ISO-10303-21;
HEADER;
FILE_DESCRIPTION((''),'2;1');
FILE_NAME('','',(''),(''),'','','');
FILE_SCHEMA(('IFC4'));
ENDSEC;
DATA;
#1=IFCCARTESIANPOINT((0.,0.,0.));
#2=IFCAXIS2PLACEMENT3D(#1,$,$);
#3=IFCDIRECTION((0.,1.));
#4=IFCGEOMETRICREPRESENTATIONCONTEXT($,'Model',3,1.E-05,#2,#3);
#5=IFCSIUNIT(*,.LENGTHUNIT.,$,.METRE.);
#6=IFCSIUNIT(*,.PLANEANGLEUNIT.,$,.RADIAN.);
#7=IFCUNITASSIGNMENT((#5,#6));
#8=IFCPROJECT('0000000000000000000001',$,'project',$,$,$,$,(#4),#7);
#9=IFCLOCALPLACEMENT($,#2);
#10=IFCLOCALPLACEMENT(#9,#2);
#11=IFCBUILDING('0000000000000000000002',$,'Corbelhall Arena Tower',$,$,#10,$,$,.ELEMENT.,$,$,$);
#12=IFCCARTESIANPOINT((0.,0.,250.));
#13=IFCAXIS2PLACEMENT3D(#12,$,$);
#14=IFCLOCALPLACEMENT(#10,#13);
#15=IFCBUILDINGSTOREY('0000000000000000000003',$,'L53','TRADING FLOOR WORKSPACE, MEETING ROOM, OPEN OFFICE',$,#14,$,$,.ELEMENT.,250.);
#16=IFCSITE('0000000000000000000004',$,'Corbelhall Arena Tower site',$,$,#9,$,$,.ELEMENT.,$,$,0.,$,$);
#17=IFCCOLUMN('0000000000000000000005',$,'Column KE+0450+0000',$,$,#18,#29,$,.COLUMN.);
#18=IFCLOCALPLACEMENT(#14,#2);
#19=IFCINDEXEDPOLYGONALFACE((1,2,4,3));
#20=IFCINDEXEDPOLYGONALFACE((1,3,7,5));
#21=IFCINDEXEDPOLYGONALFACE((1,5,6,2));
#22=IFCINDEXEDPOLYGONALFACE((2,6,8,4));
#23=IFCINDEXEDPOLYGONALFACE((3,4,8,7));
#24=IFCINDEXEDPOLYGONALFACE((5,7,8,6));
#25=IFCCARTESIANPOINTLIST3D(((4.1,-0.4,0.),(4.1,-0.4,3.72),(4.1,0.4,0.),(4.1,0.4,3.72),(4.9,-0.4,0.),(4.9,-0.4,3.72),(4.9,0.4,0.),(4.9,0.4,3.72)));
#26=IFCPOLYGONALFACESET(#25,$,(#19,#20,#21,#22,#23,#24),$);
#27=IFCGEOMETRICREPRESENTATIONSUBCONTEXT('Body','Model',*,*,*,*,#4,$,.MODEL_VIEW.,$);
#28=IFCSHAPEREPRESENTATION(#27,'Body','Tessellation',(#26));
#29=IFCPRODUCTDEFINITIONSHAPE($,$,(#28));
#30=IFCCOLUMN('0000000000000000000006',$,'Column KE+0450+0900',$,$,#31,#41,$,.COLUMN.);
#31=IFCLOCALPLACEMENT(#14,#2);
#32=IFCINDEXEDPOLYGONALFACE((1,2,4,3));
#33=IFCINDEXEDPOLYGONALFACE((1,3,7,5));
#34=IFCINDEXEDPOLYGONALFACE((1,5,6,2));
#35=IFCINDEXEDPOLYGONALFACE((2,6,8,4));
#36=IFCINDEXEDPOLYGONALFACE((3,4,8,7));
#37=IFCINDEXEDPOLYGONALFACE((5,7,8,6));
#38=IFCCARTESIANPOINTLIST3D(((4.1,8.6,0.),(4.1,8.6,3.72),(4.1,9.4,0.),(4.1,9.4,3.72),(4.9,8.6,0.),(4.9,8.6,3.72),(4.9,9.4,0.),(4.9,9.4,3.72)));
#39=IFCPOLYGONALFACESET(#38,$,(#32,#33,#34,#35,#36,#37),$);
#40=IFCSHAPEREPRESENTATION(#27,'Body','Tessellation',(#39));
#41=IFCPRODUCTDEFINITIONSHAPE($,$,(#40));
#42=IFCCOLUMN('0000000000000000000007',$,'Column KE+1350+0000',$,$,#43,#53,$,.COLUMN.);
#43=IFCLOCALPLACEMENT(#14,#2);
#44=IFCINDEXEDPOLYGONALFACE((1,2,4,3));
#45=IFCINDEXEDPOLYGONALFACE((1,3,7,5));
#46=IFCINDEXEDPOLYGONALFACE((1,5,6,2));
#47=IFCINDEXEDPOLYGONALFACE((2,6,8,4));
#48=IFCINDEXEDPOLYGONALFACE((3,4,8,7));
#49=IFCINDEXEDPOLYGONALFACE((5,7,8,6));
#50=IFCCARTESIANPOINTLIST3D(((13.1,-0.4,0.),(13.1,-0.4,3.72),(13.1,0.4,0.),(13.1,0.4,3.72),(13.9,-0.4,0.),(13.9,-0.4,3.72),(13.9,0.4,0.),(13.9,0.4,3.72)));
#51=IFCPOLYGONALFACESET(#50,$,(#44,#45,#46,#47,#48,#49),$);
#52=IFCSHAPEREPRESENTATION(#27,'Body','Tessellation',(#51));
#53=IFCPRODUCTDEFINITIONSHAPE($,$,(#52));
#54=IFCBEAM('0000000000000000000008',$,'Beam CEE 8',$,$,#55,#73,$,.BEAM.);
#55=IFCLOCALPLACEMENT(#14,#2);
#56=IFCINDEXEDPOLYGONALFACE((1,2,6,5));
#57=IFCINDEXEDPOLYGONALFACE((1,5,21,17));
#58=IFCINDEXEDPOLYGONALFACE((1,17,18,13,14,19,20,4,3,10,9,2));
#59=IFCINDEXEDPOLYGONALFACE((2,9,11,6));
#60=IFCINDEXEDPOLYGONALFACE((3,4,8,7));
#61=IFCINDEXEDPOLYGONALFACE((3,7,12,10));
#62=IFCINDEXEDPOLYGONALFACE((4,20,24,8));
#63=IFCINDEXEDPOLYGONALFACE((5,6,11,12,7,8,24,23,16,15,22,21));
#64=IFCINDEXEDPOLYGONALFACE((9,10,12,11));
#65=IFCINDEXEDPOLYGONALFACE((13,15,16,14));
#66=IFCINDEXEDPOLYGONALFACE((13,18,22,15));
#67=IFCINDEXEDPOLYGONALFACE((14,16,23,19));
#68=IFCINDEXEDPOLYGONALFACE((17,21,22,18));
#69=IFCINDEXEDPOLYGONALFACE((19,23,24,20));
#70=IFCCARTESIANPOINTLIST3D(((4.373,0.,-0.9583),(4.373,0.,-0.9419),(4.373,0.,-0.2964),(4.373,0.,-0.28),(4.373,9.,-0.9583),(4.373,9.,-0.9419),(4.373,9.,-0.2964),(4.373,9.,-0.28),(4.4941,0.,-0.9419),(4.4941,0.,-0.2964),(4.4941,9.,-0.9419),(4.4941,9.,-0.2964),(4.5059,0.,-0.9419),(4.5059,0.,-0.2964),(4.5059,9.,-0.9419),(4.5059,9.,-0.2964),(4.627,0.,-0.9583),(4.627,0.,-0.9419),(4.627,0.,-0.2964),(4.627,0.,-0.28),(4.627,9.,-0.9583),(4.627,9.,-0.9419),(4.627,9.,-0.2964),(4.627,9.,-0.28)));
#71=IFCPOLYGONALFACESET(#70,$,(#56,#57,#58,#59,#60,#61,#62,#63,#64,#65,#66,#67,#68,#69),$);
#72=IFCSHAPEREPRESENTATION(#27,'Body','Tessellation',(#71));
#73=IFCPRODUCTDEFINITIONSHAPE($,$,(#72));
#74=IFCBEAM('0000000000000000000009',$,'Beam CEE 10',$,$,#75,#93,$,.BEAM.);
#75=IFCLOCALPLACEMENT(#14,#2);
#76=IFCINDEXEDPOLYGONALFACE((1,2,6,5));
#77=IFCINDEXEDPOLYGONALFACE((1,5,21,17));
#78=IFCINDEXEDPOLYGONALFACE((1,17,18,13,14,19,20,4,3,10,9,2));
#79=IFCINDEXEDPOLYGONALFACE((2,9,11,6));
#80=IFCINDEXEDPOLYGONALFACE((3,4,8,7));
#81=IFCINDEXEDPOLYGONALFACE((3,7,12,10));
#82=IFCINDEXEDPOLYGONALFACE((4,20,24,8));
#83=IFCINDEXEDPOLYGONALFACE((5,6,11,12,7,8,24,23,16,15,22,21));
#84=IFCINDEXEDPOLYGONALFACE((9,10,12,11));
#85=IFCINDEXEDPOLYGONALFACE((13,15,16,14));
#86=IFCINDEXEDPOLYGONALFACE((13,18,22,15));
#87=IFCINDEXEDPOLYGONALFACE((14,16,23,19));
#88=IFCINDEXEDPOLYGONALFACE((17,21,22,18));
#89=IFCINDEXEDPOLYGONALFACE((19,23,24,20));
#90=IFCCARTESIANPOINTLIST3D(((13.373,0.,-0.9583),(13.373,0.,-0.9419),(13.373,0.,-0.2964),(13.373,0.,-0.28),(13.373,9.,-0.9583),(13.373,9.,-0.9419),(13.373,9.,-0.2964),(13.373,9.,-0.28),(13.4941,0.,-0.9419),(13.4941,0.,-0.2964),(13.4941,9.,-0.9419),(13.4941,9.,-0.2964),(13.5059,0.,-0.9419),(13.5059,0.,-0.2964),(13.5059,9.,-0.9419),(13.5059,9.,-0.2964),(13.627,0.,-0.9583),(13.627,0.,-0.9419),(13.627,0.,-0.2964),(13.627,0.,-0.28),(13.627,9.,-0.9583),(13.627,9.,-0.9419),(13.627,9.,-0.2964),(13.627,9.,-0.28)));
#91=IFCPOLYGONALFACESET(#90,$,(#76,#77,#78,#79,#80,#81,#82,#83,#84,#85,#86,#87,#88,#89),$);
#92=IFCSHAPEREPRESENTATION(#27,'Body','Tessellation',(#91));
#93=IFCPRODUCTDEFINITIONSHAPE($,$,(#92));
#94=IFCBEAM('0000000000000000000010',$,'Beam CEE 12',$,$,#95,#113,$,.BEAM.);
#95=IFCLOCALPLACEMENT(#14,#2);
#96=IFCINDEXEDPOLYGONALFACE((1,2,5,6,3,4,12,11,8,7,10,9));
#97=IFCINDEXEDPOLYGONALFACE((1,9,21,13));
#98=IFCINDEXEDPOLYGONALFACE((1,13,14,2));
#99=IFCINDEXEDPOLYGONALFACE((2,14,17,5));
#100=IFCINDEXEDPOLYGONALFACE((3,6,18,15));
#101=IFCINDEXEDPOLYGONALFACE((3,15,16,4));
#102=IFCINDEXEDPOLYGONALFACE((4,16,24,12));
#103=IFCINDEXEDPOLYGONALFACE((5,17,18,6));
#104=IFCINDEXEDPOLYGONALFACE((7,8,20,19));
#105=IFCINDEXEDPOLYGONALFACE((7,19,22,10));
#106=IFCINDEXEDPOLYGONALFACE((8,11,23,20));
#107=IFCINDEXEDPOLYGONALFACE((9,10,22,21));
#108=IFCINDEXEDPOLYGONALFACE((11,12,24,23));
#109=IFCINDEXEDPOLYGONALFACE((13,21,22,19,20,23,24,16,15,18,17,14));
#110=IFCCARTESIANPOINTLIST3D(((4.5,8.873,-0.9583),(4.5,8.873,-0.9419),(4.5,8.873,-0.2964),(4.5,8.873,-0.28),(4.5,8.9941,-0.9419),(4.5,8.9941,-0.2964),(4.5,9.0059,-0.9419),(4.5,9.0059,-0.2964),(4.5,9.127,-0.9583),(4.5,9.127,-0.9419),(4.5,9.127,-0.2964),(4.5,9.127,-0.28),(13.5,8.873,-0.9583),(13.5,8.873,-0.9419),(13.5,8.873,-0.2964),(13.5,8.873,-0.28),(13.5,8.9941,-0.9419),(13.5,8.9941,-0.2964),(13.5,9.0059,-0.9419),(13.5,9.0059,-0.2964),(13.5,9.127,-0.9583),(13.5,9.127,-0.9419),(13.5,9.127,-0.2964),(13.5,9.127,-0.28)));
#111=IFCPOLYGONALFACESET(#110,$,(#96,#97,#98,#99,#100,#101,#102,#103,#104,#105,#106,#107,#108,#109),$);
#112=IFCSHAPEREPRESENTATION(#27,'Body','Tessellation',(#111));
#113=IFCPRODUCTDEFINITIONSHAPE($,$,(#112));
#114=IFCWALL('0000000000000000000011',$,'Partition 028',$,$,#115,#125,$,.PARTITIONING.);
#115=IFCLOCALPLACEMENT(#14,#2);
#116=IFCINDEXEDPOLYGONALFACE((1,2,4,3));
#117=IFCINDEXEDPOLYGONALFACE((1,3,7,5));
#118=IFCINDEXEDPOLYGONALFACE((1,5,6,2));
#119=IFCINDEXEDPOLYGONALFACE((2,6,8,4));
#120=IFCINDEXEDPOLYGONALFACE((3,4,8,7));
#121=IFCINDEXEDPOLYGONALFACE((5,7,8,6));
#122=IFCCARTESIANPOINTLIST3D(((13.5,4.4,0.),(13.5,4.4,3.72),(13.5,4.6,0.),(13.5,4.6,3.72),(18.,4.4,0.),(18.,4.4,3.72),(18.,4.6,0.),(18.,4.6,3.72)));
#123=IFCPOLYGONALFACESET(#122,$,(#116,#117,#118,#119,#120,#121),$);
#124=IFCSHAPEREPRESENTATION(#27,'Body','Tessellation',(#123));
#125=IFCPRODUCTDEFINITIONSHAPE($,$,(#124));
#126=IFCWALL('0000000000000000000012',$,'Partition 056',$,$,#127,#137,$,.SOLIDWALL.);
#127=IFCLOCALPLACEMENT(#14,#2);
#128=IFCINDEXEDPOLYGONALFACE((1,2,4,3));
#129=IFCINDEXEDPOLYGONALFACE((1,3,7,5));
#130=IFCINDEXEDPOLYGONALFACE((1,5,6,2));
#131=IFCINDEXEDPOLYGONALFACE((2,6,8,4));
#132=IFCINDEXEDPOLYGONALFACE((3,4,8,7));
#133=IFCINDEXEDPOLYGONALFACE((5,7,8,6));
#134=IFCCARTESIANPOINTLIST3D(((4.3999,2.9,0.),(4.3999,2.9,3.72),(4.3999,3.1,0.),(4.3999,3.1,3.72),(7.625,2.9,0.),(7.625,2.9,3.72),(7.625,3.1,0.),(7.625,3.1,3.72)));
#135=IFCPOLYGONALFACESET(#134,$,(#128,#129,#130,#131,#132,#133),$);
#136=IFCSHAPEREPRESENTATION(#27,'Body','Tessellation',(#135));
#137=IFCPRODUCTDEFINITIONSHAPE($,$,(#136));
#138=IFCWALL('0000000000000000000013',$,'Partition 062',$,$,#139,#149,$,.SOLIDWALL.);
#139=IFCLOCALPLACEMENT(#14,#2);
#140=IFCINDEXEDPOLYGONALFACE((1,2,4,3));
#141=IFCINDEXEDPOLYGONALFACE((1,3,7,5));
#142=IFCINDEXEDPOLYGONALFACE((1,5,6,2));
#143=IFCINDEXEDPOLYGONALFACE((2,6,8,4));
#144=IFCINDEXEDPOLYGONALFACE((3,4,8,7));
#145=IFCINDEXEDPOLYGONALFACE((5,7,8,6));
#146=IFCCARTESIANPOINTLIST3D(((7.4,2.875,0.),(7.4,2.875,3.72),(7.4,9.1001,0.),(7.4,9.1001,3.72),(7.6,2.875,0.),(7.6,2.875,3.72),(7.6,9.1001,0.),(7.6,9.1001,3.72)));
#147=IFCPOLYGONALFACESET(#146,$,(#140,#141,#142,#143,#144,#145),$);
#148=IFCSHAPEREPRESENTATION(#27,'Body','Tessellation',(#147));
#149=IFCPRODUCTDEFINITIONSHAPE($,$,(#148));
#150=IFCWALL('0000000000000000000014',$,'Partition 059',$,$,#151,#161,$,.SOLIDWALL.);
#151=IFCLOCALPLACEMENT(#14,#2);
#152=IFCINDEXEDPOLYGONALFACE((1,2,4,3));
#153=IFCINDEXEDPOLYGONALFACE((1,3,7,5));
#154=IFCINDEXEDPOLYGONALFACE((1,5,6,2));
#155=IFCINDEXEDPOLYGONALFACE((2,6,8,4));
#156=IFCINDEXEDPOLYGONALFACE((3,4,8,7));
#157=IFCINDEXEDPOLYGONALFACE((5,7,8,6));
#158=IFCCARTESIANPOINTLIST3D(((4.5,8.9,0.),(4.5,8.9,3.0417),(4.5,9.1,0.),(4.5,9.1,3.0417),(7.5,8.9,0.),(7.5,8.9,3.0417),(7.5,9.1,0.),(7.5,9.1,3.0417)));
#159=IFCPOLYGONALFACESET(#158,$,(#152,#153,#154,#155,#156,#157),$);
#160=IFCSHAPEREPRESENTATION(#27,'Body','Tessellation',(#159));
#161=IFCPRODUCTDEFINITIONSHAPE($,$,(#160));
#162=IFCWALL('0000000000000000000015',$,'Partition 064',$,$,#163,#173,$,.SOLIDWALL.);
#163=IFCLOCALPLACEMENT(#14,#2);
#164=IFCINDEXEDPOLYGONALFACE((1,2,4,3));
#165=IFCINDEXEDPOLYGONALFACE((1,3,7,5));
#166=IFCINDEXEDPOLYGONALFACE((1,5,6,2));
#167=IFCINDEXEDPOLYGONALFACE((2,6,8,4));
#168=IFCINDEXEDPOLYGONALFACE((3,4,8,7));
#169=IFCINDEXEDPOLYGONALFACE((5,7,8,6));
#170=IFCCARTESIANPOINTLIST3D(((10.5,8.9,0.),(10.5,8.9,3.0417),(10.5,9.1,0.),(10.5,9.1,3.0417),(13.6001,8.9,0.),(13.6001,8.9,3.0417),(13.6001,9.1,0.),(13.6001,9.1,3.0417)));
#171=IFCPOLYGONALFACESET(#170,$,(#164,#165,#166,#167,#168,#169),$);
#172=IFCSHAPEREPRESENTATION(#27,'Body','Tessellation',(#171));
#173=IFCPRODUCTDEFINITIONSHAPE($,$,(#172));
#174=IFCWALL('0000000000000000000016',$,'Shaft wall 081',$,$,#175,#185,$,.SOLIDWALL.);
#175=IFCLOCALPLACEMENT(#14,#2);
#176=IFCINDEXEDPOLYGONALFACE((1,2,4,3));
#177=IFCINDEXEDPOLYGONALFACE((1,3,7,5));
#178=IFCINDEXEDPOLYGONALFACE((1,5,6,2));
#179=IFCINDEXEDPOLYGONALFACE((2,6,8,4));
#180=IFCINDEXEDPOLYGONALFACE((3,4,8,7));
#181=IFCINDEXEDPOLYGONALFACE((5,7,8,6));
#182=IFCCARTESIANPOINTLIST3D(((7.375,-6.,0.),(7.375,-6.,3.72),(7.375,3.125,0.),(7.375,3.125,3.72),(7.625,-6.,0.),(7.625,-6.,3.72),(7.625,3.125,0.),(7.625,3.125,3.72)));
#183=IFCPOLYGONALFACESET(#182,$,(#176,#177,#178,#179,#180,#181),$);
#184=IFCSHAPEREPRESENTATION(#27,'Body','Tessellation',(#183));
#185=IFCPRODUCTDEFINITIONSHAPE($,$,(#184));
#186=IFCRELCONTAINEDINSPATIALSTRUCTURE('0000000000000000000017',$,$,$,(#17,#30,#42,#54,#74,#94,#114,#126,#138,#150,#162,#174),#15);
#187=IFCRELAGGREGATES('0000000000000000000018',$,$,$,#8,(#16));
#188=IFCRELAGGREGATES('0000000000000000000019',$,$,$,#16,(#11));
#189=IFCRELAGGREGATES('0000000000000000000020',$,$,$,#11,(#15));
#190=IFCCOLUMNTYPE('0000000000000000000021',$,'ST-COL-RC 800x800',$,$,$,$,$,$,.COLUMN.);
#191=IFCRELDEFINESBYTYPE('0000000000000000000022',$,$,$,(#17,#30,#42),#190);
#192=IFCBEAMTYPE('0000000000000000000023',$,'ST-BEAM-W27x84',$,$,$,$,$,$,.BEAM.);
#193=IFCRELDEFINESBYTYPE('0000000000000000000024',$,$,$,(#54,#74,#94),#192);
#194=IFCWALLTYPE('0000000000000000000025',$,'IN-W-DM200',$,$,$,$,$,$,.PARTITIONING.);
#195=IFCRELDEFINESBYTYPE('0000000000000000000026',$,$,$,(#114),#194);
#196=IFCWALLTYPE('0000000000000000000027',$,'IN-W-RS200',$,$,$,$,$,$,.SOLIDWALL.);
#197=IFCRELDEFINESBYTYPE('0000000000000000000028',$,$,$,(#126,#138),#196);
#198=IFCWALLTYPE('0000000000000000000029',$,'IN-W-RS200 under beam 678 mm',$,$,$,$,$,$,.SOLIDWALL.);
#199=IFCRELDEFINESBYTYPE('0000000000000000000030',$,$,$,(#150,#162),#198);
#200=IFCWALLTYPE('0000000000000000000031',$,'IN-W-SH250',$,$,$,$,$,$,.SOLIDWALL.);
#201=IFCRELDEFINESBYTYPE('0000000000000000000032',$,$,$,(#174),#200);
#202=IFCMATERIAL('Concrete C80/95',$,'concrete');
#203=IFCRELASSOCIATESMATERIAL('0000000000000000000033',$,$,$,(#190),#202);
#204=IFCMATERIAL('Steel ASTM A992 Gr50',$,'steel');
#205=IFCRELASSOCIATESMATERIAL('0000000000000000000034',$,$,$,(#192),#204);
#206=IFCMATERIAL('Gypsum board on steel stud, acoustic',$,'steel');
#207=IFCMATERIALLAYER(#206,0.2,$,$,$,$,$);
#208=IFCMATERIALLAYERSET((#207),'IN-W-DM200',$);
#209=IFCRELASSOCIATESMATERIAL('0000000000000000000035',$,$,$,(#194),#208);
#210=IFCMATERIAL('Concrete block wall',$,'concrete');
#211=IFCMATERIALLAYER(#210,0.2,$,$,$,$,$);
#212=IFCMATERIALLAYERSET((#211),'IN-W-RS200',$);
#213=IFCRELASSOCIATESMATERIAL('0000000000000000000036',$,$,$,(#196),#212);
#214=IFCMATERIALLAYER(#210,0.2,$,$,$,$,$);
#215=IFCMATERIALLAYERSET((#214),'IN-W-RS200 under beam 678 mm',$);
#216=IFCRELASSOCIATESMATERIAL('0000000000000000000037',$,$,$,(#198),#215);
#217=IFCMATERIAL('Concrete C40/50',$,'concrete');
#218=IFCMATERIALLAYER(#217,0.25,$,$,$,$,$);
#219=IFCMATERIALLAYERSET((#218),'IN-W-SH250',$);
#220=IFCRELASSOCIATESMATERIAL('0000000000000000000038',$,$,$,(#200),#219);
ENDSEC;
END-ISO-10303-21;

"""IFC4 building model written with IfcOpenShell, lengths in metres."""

from ifc_helpers import new_model, si_unit, direction, frame, frame_2d, origin, origin_2d, place, context, subcontext, project, spatial, rectangle, i_section, extrude, material, layer, layer_set, material_profile, profile_set, type_object, element, save


model = new_model("IFC4")

# Units and contexts
model_context = context("Model", 3, precision=1e-05, world=origin(), true_north=direction((0.0, 1.0)))
body_context = subcontext(model_context, "Body", "Model", "MODEL_VIEW")
ifc_project = project(units=[si_unit("LENGTHUNIT", "METRE"), si_unit("PLANEANGLEUNIT", "RADIAN")], contexts=[model_context])

# Site, building, storey
site_placement = place(None, origin())
site = spatial("IfcSite", under=ifc_project, at=site_placement, Name="Corbelhall Arena Tower site", CompositionType="ELEMENT", RefElevation=0.0)
building_placement = place(site_placement, origin())
building = spatial("IfcBuilding", under=site, at=building_placement, Name="Corbelhall Arena Tower", CompositionType="ELEMENT")
storey_placement = place(building_placement, frame((0.0, 0.0, 250.0)))
storey = spatial("IfcBuildingStorey", under=building, at=storey_placement, Name="L53", Description="TRADING FLOOR WORKSPACE, MEETING ROOM, OPEN OFFICE", CompositionType="ELEMENT", Elevation=250.0)

# Columns
ifc_material_1 = material(Name="Concrete C80/95", Category="concrete")
ifc_material_profile_1 = material_profile(ifc_material_1, rectangle(XDim=0.8, YDim=0.8, at=origin_2d()))
ifc_profile_set_1 = profile_set([ifc_material_profile_1], Name="Concrete C80/95")
column_type = type_object("IfcColumnType", Name="ST-COL-RC 800x800", PredefinedType="COLUMN", material=ifc_profile_set_1)
for number, where, z_axis, x_axis, name in (
    (1, (4.5, 0.0, 0.0), (0.0, 0.0, 1.0), (1.0, 0.0, 0.0), "Column KE+0450+0000"),
    (2, (4.5, 9.0, 0.0), (0.0, 0.0, 1.0), (1.0, 0.0, 0.0), "Column KE+0450+0900"),
    (3, (13.5, 0.0, 0.0), (0.0, 0.0, 1.0), (1.0, 0.0, 0.0), "Column KE+1350+0000"),
):
    element("IfcColumn", number, at=place(storey_placement, frame(where, z_axis=z_axis, x_axis=x_axis)), inside=storey, type_object=column_type, Name=name, PredefinedType="COLUMN", context=body_context, shape_type="SweptSolid", body=[
        extrude(rectangle(XDim=0.8, YDim=0.8, at=origin_2d()), origin(), (0.0, 0.0, 1.0), 3.72),
    ])

# Beams
ifc_material_2 = material(Name="Steel ASTM A992 Gr50", Category="steel")
ifc_material_profile_2 = material_profile(ifc_material_2, i_section(OverallWidth=0.2539, OverallDepth=0.6782, WebThickness=0.0117, FlangeThickness=0.0164, at=origin_2d()))
ifc_profile_set_2 = profile_set([ifc_material_profile_2], Name="Steel ASTM A992 Gr50")
beam_type = type_object("IfcBeamType", Name="ST-BEAM-W27x84", PredefinedType="BEAM", material=ifc_profile_set_2)
for number, where, z_axis, x_axis, name in (
    (4, (4.5, 0.0, -0.6191), (0.0, 1.0, 0.0), (-1.0, 0.0, 0.0), "Beam CEE 8"),
    (5, (13.5, 0.0, -0.6191), (0.0, 1.0, 0.0), (-1.0, 0.0, 0.0), "Beam CEE 10"),
    (6, (4.5, 9.0, -0.6191), (1.0, 0.0, 0.0), (0.0, 1.0, 0.0), "Beam CEE 12"),
):
    element("IfcBeam", number, at=place(storey_placement, frame(where, z_axis=z_axis, x_axis=x_axis)), inside=storey, type_object=beam_type, Name=name, PredefinedType="BEAM", context=body_context, shape_type="SweptSolid", body=[
        extrude(i_section(OverallWidth=0.2539, OverallDepth=0.6782, WebThickness=0.0117, FlangeThickness=0.0164, at=origin_2d()), origin(), (0.0, 0.0, 1.0), 9.0),
    ])

# Walls
ifc_material_3 = material(Name="Gypsum board on steel stud, acoustic", Category="steel")
ifc_layer_1 = layer(ifc_material_3, 0.2)
ifc_layer_set_1 = layer_set([ifc_layer_1], Name="IN-W-DM200")
wall_type_1 = type_object("IfcWallType", Name="IN-W-DM200", PredefinedType="PARTITIONING", material=ifc_layer_set_1)
wall_1_placement = place(storey_placement, frame((13.5, 4.5, 0.0), z_axis=(0.0, 0.0, 1.0), x_axis=(1.0, 0.0, 0.0)))
element("IfcWall", 7, at=wall_1_placement, inside=storey, type_object=wall_type_1, Name="Partition 028", PredefinedType="PARTITIONING", context=body_context, shape_type="SweptSolid", body=[
    extrude(rectangle(XDim=4.5, YDim=0.2, at=frame_2d((2.25, 0.0))), origin(), (0.0, 0.0, 1.0), 3.72),
])
ifc_material_4 = material(Name="Concrete block wall", Category="concrete")
ifc_layer_2 = layer(ifc_material_4, 0.2)
ifc_layer_set_2 = layer_set([ifc_layer_2], Name="IN-W-RS200")
wall_type_2 = type_object("IfcWallType", Name="IN-W-RS200", PredefinedType="SOLIDWALL", material=ifc_layer_set_2)
wall_2_placement = place(storey_placement, frame((4.3999, 3.0, 0.0), z_axis=(0.0, 0.0, 1.0), x_axis=(1.0, 0.0, 0.0)))
element("IfcWall", 8, at=wall_2_placement, inside=storey, type_object=wall_type_2, Name="Partition 056", PredefinedType="SOLIDWALL", context=body_context, shape_type="SweptSolid", body=[
    extrude(rectangle(XDim=3.2251, YDim=0.2, at=frame_2d((1.6125, 0.0))), origin(), (0.0, 0.0, 1.0), 3.72),
])
wall_3_placement = place(storey_placement, frame((7.5, 9.1001, 0.0), z_axis=(0.0, 0.0, 1.0), x_axis=(0.0, -1.0, 0.0)))
element("IfcWall", 9, at=wall_3_placement, inside=storey, type_object=wall_type_2, Name="Partition 062", PredefinedType="SOLIDWALL", context=body_context, shape_type="SweptSolid", body=[
    extrude(rectangle(XDim=6.2251, YDim=0.2, at=frame_2d((3.1125, 0.0))), origin(), (0.0, 0.0, 1.0), 3.72),
])

# Shared definitions
ifc_layer_3 = layer(ifc_material_4, 0.2)
ifc_layer_set_3 = layer_set([ifc_layer_3], Name="IN-W-RS200 under beam 678 mm")
wall_type_3 = type_object("IfcWallType", Name="IN-W-RS200 under beam 678 mm", PredefinedType="SOLIDWALL", material=ifc_layer_set_3)

# Walls
wall_4_placement = place(storey_placement, frame((4.5, 9.0, 0.0), z_axis=(0.0, 0.0, 1.0), x_axis=(1.0, 0.0, 0.0)))
element("IfcWall", 10, at=wall_4_placement, inside=storey, type_object=wall_type_3, Name="Partition 059", PredefinedType="SOLIDWALL", context=body_context, shape_type="SweptSolid", body=[
    extrude(rectangle(XDim=3.0, YDim=0.2, at=frame_2d((1.5, 0.0))), origin(), (0.0, 0.0, 1.0), 3.0417),
])
wall_5_placement = place(storey_placement, frame((10.5, 9.0, 0.0), z_axis=(0.0, 0.0, 1.0), x_axis=(1.0, 0.0, 0.0)))
element("IfcWall", 11, at=wall_5_placement, inside=storey, type_object=wall_type_3, Name="Partition 064", PredefinedType="SOLIDWALL", context=body_context, shape_type="SweptSolid", body=[
    extrude(rectangle(XDim=3.1001, YDim=0.2, at=frame_2d((1.55, 0.0))), origin(), (0.0, 0.0, 1.0), 3.0417),
])
ifc_material_5 = material(Name="Concrete C40/50", Category="concrete")
ifc_layer_4 = layer(ifc_material_5, 0.25)
ifc_layer_set_4 = layer_set([ifc_layer_4], Name="IN-W-SH250")
wall_type_4 = type_object("IfcWallType", Name="IN-W-SH250", PredefinedType="SOLIDWALL", material=ifc_layer_set_4)
wall_6_placement = place(storey_placement, frame((7.5, 3.125, 0.0), z_axis=(0.0, 0.0, 1.0), x_axis=(0.0, -1.0, 0.0)))
element("IfcWall", 12, at=wall_6_placement, inside=storey, type_object=wall_type_4, Name="Shaft wall 081", PredefinedType="SOLIDWALL", context=body_context, shape_type="SweptSolid", body=[
    extrude(rectangle(XDim=9.125, YDim=0.25, at=frame_2d((4.5625, 0.0))), origin(), (0.0, 0.0, 1.0), 3.72),
])

save(model, "model.ifc")
